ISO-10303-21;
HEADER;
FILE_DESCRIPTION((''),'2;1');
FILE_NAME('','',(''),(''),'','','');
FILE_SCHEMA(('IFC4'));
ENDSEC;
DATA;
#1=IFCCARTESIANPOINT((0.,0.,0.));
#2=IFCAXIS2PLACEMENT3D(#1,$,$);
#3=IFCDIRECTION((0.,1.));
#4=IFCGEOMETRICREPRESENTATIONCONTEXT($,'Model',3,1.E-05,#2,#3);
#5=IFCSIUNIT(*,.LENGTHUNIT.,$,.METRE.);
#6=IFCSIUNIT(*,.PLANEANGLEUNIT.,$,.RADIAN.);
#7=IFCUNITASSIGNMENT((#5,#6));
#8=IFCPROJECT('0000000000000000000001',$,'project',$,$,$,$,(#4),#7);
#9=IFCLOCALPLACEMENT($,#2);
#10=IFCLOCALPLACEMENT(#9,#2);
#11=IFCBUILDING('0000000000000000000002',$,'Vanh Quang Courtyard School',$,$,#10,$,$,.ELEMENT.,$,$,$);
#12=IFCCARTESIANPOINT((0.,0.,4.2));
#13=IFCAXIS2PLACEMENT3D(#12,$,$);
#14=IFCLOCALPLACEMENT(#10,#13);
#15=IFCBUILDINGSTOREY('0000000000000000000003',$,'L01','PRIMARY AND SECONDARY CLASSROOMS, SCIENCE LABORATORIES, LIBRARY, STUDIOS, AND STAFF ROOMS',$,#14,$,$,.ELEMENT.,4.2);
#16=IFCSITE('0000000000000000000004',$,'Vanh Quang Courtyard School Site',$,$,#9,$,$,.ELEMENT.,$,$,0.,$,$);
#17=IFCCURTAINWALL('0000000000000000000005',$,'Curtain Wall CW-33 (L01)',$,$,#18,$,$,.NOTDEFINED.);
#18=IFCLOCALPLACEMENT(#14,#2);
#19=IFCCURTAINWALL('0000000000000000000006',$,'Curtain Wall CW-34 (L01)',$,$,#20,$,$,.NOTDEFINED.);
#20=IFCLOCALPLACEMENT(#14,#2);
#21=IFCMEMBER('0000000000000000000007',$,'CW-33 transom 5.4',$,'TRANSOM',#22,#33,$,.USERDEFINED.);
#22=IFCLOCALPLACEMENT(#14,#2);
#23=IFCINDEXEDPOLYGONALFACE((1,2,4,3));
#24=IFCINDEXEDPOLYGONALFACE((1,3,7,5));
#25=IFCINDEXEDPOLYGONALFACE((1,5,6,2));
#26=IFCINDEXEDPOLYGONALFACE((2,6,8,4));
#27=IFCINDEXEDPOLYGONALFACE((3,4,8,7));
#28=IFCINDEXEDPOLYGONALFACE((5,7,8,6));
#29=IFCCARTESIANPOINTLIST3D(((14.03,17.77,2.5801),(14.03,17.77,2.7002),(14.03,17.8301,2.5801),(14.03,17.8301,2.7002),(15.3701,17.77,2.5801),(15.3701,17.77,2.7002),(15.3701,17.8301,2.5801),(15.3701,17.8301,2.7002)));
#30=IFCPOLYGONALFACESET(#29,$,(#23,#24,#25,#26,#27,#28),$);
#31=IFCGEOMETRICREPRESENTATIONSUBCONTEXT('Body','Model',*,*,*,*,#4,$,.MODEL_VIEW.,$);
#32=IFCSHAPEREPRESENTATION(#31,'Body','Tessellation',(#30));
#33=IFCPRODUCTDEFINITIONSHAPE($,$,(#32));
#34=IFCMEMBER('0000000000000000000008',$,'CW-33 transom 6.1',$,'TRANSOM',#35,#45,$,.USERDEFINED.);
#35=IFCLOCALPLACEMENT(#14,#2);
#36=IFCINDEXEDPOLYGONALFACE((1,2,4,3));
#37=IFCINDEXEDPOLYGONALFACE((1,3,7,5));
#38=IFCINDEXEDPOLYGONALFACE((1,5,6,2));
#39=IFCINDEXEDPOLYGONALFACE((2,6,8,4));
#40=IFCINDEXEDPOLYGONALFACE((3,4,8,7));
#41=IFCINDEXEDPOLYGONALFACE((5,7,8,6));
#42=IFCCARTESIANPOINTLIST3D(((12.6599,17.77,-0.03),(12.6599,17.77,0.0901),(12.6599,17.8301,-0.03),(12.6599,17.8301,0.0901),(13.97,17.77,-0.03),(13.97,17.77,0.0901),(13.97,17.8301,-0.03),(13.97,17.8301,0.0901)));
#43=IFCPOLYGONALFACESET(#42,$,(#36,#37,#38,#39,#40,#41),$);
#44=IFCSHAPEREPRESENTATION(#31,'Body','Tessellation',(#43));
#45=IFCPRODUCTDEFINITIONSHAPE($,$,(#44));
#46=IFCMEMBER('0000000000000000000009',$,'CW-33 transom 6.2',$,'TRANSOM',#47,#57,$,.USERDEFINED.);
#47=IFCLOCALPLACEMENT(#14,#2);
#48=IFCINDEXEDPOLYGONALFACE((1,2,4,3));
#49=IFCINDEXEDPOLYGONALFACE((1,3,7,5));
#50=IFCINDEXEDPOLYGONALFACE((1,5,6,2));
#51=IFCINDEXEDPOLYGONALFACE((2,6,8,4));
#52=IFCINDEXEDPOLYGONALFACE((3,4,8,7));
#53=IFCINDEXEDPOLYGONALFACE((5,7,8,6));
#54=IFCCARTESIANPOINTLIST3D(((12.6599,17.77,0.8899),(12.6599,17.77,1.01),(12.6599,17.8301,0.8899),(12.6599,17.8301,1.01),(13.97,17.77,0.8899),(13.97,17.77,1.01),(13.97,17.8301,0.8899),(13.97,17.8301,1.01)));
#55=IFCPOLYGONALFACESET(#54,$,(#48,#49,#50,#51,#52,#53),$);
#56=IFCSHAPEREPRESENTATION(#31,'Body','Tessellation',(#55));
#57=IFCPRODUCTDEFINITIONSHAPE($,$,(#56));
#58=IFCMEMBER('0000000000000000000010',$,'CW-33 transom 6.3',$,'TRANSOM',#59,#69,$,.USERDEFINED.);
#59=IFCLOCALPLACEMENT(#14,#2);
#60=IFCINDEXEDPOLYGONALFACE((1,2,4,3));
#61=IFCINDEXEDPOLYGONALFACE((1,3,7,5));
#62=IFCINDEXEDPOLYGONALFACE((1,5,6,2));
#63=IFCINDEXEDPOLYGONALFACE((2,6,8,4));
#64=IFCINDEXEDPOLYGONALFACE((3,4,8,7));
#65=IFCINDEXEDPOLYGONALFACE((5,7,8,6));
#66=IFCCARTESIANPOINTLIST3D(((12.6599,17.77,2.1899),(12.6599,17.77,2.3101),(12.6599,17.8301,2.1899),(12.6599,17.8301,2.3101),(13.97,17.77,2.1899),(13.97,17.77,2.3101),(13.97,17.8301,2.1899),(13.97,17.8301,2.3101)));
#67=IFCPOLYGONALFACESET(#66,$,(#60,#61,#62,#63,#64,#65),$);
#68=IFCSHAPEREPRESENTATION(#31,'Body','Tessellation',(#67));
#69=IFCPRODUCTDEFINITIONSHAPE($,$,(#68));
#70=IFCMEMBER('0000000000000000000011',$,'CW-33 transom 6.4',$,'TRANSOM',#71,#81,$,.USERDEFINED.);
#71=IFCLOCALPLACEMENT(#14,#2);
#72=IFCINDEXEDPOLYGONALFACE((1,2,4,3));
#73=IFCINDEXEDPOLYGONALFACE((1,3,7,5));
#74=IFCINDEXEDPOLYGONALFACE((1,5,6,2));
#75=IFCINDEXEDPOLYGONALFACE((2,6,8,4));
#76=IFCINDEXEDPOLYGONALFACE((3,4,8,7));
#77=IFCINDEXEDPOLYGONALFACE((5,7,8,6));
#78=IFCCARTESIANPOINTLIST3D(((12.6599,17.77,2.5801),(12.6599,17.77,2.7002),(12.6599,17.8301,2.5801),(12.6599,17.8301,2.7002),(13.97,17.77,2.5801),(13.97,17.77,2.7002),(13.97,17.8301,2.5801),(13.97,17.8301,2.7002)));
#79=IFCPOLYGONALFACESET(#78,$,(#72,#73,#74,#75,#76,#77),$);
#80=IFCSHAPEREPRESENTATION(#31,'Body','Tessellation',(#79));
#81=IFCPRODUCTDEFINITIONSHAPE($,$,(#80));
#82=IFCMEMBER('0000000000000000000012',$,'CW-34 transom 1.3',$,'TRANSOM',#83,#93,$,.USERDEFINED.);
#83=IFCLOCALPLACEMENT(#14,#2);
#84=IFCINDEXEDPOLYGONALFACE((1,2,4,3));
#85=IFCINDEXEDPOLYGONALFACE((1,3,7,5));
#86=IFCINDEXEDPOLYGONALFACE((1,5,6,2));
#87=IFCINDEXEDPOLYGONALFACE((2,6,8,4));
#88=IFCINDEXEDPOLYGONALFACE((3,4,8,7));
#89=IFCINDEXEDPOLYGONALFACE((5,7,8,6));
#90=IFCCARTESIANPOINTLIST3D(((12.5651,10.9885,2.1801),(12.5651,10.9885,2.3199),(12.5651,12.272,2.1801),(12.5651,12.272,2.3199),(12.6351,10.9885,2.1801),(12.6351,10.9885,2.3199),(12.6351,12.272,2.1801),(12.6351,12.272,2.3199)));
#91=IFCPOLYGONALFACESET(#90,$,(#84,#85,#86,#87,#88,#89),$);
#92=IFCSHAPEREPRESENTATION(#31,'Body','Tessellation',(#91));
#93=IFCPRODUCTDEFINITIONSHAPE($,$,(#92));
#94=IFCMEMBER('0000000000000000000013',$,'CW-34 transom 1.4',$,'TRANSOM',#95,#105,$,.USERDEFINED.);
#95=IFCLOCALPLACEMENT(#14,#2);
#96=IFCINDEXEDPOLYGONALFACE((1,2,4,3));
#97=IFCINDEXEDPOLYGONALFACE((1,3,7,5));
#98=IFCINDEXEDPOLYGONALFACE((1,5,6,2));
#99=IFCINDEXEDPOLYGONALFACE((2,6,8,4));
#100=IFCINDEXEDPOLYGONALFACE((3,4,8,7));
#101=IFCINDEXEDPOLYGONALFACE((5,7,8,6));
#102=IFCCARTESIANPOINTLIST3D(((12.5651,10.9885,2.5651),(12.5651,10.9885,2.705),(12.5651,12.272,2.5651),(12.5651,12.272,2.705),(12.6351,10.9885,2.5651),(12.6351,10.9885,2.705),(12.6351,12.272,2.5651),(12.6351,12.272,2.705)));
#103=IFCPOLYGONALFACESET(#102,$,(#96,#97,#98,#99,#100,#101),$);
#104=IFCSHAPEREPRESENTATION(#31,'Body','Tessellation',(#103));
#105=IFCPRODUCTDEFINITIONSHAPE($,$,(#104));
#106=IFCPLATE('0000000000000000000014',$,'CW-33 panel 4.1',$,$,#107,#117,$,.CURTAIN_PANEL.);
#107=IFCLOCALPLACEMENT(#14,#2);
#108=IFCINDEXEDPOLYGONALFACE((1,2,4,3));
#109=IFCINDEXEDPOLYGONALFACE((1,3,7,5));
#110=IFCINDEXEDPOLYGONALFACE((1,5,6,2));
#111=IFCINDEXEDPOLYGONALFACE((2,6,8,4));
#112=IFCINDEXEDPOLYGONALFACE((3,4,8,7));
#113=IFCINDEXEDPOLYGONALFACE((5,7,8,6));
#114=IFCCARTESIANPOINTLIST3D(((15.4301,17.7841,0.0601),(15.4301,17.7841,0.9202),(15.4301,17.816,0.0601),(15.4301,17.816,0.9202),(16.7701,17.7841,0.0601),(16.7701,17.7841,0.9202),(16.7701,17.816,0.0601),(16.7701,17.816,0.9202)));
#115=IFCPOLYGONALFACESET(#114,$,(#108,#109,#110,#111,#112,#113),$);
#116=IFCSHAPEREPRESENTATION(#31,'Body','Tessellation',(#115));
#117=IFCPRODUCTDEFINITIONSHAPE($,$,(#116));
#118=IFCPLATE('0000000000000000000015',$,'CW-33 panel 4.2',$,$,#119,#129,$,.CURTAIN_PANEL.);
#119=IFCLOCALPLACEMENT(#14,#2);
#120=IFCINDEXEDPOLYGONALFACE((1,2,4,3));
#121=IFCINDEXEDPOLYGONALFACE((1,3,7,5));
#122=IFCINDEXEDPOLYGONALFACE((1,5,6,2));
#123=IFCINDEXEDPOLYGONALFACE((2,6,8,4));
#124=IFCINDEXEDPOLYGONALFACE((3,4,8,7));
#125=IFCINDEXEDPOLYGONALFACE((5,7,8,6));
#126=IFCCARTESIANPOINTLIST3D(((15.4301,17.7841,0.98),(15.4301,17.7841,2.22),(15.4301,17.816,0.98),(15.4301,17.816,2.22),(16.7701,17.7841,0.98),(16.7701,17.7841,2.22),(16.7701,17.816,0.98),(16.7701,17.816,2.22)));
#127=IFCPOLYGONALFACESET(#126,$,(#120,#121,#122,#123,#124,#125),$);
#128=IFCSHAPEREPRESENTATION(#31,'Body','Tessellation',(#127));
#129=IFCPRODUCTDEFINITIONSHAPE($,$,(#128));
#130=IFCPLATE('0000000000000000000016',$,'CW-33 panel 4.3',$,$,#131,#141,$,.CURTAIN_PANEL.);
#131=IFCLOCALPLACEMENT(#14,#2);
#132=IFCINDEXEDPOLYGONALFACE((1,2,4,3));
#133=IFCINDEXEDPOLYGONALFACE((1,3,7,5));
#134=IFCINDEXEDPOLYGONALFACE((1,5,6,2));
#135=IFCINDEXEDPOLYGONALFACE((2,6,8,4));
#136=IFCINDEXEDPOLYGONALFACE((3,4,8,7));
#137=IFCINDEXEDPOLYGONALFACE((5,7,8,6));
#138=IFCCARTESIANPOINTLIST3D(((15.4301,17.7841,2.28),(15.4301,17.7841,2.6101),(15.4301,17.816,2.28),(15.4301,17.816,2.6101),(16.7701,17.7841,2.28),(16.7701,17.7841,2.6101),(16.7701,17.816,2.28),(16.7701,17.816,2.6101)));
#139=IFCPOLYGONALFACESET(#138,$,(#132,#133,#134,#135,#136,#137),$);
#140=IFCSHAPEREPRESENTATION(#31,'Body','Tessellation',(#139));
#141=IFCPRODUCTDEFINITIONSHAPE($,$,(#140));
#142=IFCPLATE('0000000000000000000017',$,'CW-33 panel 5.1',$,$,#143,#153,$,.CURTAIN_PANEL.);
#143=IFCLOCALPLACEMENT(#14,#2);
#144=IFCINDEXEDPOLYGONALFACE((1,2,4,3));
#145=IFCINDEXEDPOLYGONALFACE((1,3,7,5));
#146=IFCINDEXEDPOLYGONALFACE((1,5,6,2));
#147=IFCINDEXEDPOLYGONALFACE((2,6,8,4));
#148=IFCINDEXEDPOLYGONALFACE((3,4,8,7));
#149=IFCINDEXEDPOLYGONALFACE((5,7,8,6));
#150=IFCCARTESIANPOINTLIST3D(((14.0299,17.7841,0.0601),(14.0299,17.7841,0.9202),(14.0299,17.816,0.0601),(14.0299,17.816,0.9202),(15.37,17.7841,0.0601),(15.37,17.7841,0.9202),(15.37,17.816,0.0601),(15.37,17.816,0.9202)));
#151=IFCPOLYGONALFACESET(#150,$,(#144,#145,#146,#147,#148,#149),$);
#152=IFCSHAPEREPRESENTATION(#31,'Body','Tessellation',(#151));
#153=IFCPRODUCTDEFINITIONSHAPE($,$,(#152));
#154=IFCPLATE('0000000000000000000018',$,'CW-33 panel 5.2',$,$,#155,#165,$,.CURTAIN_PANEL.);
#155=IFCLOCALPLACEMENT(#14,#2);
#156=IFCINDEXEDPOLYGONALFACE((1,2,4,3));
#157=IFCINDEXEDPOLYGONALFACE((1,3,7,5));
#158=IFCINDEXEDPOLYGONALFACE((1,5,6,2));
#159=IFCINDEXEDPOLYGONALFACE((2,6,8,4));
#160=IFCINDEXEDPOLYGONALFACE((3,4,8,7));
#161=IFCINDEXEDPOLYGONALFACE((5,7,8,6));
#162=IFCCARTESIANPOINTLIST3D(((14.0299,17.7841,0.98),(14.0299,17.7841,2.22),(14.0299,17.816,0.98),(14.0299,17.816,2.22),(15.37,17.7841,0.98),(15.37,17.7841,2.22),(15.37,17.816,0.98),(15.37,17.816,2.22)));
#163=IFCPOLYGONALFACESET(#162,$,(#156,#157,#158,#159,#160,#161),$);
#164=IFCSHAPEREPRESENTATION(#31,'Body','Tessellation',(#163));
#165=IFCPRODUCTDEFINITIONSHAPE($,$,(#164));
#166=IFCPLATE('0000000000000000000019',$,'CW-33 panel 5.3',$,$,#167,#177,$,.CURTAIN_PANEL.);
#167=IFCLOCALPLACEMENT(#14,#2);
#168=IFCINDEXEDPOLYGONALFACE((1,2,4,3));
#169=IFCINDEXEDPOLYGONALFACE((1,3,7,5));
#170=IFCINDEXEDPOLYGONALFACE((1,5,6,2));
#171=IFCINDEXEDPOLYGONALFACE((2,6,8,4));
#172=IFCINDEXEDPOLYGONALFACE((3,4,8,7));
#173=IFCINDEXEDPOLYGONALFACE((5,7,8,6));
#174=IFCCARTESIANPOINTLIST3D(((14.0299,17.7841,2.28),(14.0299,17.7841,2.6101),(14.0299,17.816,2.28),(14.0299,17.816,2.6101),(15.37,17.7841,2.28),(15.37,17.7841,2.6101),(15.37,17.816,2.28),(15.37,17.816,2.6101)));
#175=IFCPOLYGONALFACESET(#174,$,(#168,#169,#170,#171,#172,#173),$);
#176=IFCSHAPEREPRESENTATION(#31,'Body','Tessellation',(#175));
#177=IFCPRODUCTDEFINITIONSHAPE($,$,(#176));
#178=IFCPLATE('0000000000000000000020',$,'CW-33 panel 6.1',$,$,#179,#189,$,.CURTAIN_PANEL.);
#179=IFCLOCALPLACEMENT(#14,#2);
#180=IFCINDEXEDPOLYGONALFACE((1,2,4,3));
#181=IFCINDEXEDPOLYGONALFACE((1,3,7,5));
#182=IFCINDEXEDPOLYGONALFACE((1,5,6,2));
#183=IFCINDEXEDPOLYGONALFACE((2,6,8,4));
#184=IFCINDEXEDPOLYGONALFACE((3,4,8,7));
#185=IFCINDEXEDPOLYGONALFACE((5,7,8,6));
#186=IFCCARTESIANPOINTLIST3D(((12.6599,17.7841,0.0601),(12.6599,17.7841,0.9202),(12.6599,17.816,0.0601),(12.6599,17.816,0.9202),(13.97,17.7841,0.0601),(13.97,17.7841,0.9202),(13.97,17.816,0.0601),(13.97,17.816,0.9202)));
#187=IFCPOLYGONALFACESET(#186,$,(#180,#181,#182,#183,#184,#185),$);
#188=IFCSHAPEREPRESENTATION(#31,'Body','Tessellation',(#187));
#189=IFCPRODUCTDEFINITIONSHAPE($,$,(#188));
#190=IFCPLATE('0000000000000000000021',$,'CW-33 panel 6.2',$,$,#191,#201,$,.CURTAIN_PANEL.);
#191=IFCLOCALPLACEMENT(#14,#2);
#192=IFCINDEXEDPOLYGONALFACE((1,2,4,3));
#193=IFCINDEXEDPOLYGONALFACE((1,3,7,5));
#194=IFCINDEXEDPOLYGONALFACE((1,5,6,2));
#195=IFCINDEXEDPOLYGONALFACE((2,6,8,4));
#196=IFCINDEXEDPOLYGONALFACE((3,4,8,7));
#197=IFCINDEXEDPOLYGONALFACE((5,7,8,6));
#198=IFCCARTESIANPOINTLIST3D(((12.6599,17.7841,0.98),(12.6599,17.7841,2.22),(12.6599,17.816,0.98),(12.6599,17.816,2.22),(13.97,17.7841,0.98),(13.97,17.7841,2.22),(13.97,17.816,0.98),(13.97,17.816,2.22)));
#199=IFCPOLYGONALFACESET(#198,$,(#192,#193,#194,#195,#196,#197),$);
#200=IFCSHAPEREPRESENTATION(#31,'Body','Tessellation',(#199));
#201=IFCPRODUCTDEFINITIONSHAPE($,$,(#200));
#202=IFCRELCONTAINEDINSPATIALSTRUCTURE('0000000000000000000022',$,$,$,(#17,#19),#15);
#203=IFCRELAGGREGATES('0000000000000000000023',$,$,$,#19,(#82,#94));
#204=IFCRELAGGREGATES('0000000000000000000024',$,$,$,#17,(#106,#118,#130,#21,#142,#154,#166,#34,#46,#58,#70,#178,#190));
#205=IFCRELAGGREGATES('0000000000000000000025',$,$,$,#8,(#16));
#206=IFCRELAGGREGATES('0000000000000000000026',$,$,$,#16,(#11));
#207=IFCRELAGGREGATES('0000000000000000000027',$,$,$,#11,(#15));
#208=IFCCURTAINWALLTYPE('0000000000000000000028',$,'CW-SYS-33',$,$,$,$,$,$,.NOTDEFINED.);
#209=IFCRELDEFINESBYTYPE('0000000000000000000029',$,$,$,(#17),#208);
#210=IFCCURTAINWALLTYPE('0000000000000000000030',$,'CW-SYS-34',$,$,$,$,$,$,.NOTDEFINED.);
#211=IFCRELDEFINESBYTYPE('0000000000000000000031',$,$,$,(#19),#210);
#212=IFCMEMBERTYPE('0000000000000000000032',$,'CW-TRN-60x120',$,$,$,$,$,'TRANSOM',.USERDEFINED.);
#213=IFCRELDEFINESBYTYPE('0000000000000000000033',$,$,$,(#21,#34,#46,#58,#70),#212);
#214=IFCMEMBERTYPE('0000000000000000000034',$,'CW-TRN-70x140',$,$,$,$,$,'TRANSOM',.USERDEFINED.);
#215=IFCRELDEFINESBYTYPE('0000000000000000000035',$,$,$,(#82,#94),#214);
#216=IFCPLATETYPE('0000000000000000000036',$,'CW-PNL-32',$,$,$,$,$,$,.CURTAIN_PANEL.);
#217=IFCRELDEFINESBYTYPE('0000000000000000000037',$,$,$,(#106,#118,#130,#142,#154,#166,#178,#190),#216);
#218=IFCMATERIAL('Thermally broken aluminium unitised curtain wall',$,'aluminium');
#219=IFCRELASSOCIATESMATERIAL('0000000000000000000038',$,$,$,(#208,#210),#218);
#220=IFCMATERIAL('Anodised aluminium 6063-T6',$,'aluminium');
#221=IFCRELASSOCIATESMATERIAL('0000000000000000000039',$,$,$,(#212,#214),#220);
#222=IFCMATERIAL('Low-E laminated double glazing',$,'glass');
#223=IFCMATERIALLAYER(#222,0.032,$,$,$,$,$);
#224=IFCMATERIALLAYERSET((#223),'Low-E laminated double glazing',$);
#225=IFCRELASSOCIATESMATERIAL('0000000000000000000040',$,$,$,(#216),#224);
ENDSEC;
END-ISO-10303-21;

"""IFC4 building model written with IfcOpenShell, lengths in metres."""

from ifc_helpers import new_model, si_unit, direction, frame, origin, origin_2d, place, context, subcontext, project, spatial, rectangle, extrude, material, layer, layer_set, material_profile, profile_set, type_object, element, aggregate, save


model = new_model("IFC4")

# Units and contexts
model_context = context("Model", 3, precision=1e-05, world=origin(), true_north=direction((0.0, 1.0)))
body_context = subcontext(model_context, "Body", "Model", "MODEL_VIEW")
ifc_project = project(units=[si_unit("LENGTHUNIT", "METRE"), si_unit("PLANEANGLEUNIT", "RADIAN")], contexts=[model_context])

# Site, building, storey
site_placement = place(None, origin())
site = spatial("IfcSite", under=ifc_project, at=site_placement, Name="Vanh Quang Courtyard School Site", CompositionType="ELEMENT", RefElevation=0.0)
building_placement = place(site_placement, origin())
building = spatial("IfcBuilding", under=site, at=building_placement, Name="Vanh Quang Courtyard School", CompositionType="ELEMENT")
storey_placement = place(building_placement, frame((0.0, 0.0, 4.2)))
storey = spatial("IfcBuildingStorey", under=building, at=storey_placement, Name="L01", Description="PRIMARY AND SECONDARY CLASSROOMS, SCIENCE LABORATORIES, LIBRARY, STUDIOS, AND STAFF ROOMS", CompositionType="ELEMENT", Elevation=4.2)

# Curtain wall
ifc_material_1 = material(Name="Thermally broken aluminium unitised curtain wall", Category="aluminium")
curtain_wall_type_1 = type_object("IfcCurtainWallType", Name="CW-SYS-33", PredefinedType="NOTDEFINED", material=ifc_material_1)
curtain_wall_1_placement = place(storey_placement, origin())
curtain_wall_1 = element("IfcCurtainWall", 1, at=curtain_wall_1_placement, inside=storey, type_object=curtain_wall_type_1, Name="Curtain Wall CW-33 (L01)", PredefinedType="NOTDEFINED")
ifc_material_2 = material(Name="Anodised aluminium 6063-T6", Category="aluminium")

# Curtain wall
curtain_wall_type_2 = type_object("IfcCurtainWallType", Name="CW-SYS-34", PredefinedType="NOTDEFINED", material=ifc_material_1)
curtain_wall_2_placement = place(storey_placement, origin())
curtain_wall_2 = element("IfcCurtainWall", 2, at=curtain_wall_2_placement, inside=storey, type_object=curtain_wall_type_2, Name="Curtain Wall CW-34 (L01)", PredefinedType="NOTDEFINED")

# Members
ifc_material_profile_1 = material_profile(ifc_material_2, rectangle(XDim=0.0601, YDim=0.1201, at=origin_2d()), Name="ALU-TRN 60x120")
ifc_profile_set_1 = profile_set([ifc_material_profile_1], Name="Anodised aluminium 6063-T6")
member_type_1 = type_object("IfcMemberType", Name="CW-TRN-60x120", ElementType="TRANSOM", PredefinedType="USERDEFINED", material=ifc_profile_set_1)
member_1_placement = place(storey_placement, frame((15.3701, 17.8, 2.6401), z_axis=(-1.0, 0.0, 0.0), x_axis=(0.0, -1.0, 0.0)))
member_1 = element("IfcMember", 3, at=member_1_placement, type_object=member_type_1, Name="CW-33 transom 5.4", ObjectType="TRANSOM", PredefinedType="USERDEFINED", context=body_context, shape_type="SweptSolid", body=[
    extrude(rectangle(XDim=0.0601, YDim=0.1201, at=origin_2d()), origin(), (0.0, 0.0, 1.0), 1.3401),
])
member_2_placement = place(storey_placement, frame((13.97, 17.8, 0.03), z_axis=(-1.0, 0.0, 0.0), x_axis=(0.0, -1.0, 0.0)))
member_2 = element("IfcMember", 4, at=member_2_placement, type_object=member_type_1, Name="CW-33 transom 6.1", ObjectType="TRANSOM", PredefinedType="USERDEFINED", context=body_context, shape_type="SweptSolid", body=[
    extrude(rectangle(XDim=0.0601, YDim=0.1201, at=origin_2d()), origin(), (0.0, 0.0, 1.0), 1.3101),
])
member_3_placement = place(storey_placement, frame((13.97, 17.8, 0.95), z_axis=(-1.0, 0.0, 0.0), x_axis=(0.0, -1.0, 0.0)))
member_3 = element("IfcMember", 5, at=member_3_placement, type_object=member_type_1, Name="CW-33 transom 6.2", ObjectType="TRANSOM", PredefinedType="USERDEFINED", context=body_context, shape_type="SweptSolid", body=[
    extrude(rectangle(XDim=0.0601, YDim=0.1201, at=origin_2d()), origin(), (0.0, 0.0, 1.0), 1.3101),
])
member_4_placement = place(storey_placement, frame((13.97, 17.8, 2.25), z_axis=(-1.0, 0.0, 0.0), x_axis=(0.0, -1.0, 0.0)))
member_4 = element("IfcMember", 6, at=member_4_placement, type_object=member_type_1, Name="CW-33 transom 6.3", ObjectType="TRANSOM", PredefinedType="USERDEFINED", context=body_context, shape_type="SweptSolid", body=[
    extrude(rectangle(XDim=0.0601, YDim=0.1201, at=origin_2d()), origin(), (0.0, 0.0, 1.0), 1.3101),
])
member_5_placement = place(storey_placement, frame((13.97, 17.8, 2.6401), z_axis=(-1.0, 0.0, 0.0), x_axis=(0.0, -1.0, 0.0)))
member_5 = element("IfcMember", 7, at=member_5_placement, type_object=member_type_1, Name="CW-33 transom 6.4", ObjectType="TRANSOM", PredefinedType="USERDEFINED", context=body_context, shape_type="SweptSolid", body=[
    extrude(rectangle(XDim=0.0601, YDim=0.1201, at=origin_2d()), origin(), (0.0, 0.0, 1.0), 1.3101),
])
ifc_material_profile_2 = material_profile(ifc_material_2, rectangle(XDim=0.0701, YDim=0.1399, at=origin_2d()), Name="ALU-TRN 70x140")
ifc_profile_set_2 = profile_set([ifc_material_profile_2], Name="Anodised aluminium 6063-T6")
member_type_2 = type_object("IfcMemberType", Name="CW-TRN-70x140", ElementType="TRANSOM", PredefinedType="USERDEFINED", material=ifc_profile_set_2)
member_6_placement = place(storey_placement, frame((12.6001, 12.272, 2.25), z_axis=(0.0, -1.0, 0.0), x_axis=(1.0, 0.0, 0.0)))
member_6 = element("IfcMember", 8, at=member_6_placement, type_object=member_type_2, Name="CW-34 transom 1.3", ObjectType="TRANSOM", PredefinedType="USERDEFINED", context=body_context, shape_type="SweptSolid", body=[
    extrude(rectangle(XDim=0.0701, YDim=0.1399, at=origin_2d()), origin(), (0.0, 0.0, 1.0), 1.2834),
])
member_7_placement = place(storey_placement, frame((12.6001, 12.272, 2.635), z_axis=(0.0, -1.0, 0.0), x_axis=(1.0, 0.0, 0.0)))
member_7 = element("IfcMember", 9, at=member_7_placement, type_object=member_type_2, Name="CW-34 transom 1.4", ObjectType="TRANSOM", PredefinedType="USERDEFINED", context=body_context, shape_type="SweptSolid", body=[
    extrude(rectangle(XDim=0.0701, YDim=0.1399, at=origin_2d()), origin(), (0.0, 0.0, 1.0), 1.2834),
])
aggregate(curtain_wall_2, [member_6, member_7])

# Plates
ifc_material_3 = material(Name="Low-E laminated double glazing", Category="glass")
ifc_layer = layer(ifc_material_3, 0.032)
ifc_layer_set = layer_set([ifc_layer], Name="Low-E laminated double glazing")
plate_type = type_object("IfcPlateType", Name="CW-PNL-32", PredefinedType="CURTAIN_PANEL", material=ifc_layer_set)
plate_1_placement = place(storey_placement, frame((16.1001, 17.8, 0.0601), z_axis=(0.0, 0.0, 1.0), x_axis=(-1.0, 0.0, 0.0)))
plate_1 = element("IfcPlate", 10, at=plate_1_placement, type_object=plate_type, Name="CW-33 panel 4.1", PredefinedType="CURTAIN_PANEL", context=body_context, shape_type="SweptSolid", body=[
    extrude(rectangle(XDim=1.3401, YDim=0.032, at=origin_2d()), origin(), (0.0, 0.0, 1.0), 0.8601),
])
plate_2_placement = place(storey_placement, frame((16.1001, 17.8, 0.98), z_axis=(0.0, 0.0, 1.0), x_axis=(-1.0, 0.0, 0.0)))
plate_2 = element("IfcPlate", 11, at=plate_2_placement, type_object=plate_type, Name="CW-33 panel 4.2", PredefinedType="CURTAIN_PANEL", context=body_context, shape_type="SweptSolid", body=[
    extrude(rectangle(XDim=1.3401, YDim=0.032, at=origin_2d()), origin(), (0.0, 0.0, 1.0), 1.24),
])
plate_3_placement = place(storey_placement, frame((16.1001, 17.8, 2.28), z_axis=(0.0, 0.0, 1.0), x_axis=(-1.0, 0.0, 0.0)))
plate_3 = element("IfcPlate", 12, at=plate_3_placement, type_object=plate_type, Name="CW-33 panel 4.3", PredefinedType="CURTAIN_PANEL", context=body_context, shape_type="SweptSolid", body=[
    extrude(rectangle(XDim=1.3401, YDim=0.032, at=origin_2d()), origin(), (0.0, 0.0, 1.0), 0.3301),
])
plate_4_placement = place(storey_placement, frame((14.7, 17.8, 0.0601), z_axis=(0.0, 0.0, 1.0), x_axis=(-1.0, 0.0, 0.0)))
plate_4 = element("IfcPlate", 13, at=plate_4_placement, type_object=plate_type, Name="CW-33 panel 5.1", PredefinedType="CURTAIN_PANEL", context=body_context, shape_type="SweptSolid", body=[
    extrude(rectangle(XDim=1.3401, YDim=0.032, at=origin_2d()), origin(), (0.0, 0.0, 1.0), 0.8601),
])
plate_5_placement = place(storey_placement, frame((14.7, 17.8, 0.98), z_axis=(0.0, 0.0, 1.0), x_axis=(-1.0, 0.0, 0.0)))
plate_5 = element("IfcPlate", 14, at=plate_5_placement, type_object=plate_type, Name="CW-33 panel 5.2", PredefinedType="CURTAIN_PANEL", context=body_context, shape_type="SweptSolid", body=[
    extrude(rectangle(XDim=1.3401, YDim=0.032, at=origin_2d()), origin(), (0.0, 0.0, 1.0), 1.24),
])
plate_6_placement = place(storey_placement, frame((14.7, 17.8, 2.28), z_axis=(0.0, 0.0, 1.0), x_axis=(-1.0, 0.0, 0.0)))
plate_6 = element("IfcPlate", 15, at=plate_6_placement, type_object=plate_type, Name="CW-33 panel 5.3", PredefinedType="CURTAIN_PANEL", context=body_context, shape_type="SweptSolid", body=[
    extrude(rectangle(XDim=1.3401, YDim=0.032, at=origin_2d()), origin(), (0.0, 0.0, 1.0), 0.3301),
])
plate_7_placement = place(storey_placement, frame((13.3149, 17.8, 0.0601), z_axis=(0.0, 0.0, 1.0), x_axis=(-1.0, 0.0, 0.0)))
plate_7 = element("IfcPlate", 16, at=plate_7_placement, type_object=plate_type, Name="CW-33 panel 6.1", PredefinedType="CURTAIN_PANEL", context=body_context, shape_type="SweptSolid", body=[
    extrude(rectangle(XDim=1.3101, YDim=0.032, at=origin_2d()), origin(), (0.0, 0.0, 1.0), 0.8601),
])
plate_8_placement = place(storey_placement, frame((13.3149, 17.8, 0.98), z_axis=(0.0, 0.0, 1.0), x_axis=(-1.0, 0.0, 0.0)))
plate_8 = element("IfcPlate", 17, at=plate_8_placement, type_object=plate_type, Name="CW-33 panel 6.2", PredefinedType="CURTAIN_PANEL", context=body_context, shape_type="SweptSolid", body=[
    extrude(rectangle(XDim=1.3101, YDim=0.032, at=origin_2d()), origin(), (0.0, 0.0, 1.0), 1.24),
])
aggregate(curtain_wall_1, [plate_1, plate_2, plate_3, member_1, plate_4, plate_5, plate_6, member_2, member_3, member_4, member_5, plate_7, plate_8])

save(model, "model.ifc")
